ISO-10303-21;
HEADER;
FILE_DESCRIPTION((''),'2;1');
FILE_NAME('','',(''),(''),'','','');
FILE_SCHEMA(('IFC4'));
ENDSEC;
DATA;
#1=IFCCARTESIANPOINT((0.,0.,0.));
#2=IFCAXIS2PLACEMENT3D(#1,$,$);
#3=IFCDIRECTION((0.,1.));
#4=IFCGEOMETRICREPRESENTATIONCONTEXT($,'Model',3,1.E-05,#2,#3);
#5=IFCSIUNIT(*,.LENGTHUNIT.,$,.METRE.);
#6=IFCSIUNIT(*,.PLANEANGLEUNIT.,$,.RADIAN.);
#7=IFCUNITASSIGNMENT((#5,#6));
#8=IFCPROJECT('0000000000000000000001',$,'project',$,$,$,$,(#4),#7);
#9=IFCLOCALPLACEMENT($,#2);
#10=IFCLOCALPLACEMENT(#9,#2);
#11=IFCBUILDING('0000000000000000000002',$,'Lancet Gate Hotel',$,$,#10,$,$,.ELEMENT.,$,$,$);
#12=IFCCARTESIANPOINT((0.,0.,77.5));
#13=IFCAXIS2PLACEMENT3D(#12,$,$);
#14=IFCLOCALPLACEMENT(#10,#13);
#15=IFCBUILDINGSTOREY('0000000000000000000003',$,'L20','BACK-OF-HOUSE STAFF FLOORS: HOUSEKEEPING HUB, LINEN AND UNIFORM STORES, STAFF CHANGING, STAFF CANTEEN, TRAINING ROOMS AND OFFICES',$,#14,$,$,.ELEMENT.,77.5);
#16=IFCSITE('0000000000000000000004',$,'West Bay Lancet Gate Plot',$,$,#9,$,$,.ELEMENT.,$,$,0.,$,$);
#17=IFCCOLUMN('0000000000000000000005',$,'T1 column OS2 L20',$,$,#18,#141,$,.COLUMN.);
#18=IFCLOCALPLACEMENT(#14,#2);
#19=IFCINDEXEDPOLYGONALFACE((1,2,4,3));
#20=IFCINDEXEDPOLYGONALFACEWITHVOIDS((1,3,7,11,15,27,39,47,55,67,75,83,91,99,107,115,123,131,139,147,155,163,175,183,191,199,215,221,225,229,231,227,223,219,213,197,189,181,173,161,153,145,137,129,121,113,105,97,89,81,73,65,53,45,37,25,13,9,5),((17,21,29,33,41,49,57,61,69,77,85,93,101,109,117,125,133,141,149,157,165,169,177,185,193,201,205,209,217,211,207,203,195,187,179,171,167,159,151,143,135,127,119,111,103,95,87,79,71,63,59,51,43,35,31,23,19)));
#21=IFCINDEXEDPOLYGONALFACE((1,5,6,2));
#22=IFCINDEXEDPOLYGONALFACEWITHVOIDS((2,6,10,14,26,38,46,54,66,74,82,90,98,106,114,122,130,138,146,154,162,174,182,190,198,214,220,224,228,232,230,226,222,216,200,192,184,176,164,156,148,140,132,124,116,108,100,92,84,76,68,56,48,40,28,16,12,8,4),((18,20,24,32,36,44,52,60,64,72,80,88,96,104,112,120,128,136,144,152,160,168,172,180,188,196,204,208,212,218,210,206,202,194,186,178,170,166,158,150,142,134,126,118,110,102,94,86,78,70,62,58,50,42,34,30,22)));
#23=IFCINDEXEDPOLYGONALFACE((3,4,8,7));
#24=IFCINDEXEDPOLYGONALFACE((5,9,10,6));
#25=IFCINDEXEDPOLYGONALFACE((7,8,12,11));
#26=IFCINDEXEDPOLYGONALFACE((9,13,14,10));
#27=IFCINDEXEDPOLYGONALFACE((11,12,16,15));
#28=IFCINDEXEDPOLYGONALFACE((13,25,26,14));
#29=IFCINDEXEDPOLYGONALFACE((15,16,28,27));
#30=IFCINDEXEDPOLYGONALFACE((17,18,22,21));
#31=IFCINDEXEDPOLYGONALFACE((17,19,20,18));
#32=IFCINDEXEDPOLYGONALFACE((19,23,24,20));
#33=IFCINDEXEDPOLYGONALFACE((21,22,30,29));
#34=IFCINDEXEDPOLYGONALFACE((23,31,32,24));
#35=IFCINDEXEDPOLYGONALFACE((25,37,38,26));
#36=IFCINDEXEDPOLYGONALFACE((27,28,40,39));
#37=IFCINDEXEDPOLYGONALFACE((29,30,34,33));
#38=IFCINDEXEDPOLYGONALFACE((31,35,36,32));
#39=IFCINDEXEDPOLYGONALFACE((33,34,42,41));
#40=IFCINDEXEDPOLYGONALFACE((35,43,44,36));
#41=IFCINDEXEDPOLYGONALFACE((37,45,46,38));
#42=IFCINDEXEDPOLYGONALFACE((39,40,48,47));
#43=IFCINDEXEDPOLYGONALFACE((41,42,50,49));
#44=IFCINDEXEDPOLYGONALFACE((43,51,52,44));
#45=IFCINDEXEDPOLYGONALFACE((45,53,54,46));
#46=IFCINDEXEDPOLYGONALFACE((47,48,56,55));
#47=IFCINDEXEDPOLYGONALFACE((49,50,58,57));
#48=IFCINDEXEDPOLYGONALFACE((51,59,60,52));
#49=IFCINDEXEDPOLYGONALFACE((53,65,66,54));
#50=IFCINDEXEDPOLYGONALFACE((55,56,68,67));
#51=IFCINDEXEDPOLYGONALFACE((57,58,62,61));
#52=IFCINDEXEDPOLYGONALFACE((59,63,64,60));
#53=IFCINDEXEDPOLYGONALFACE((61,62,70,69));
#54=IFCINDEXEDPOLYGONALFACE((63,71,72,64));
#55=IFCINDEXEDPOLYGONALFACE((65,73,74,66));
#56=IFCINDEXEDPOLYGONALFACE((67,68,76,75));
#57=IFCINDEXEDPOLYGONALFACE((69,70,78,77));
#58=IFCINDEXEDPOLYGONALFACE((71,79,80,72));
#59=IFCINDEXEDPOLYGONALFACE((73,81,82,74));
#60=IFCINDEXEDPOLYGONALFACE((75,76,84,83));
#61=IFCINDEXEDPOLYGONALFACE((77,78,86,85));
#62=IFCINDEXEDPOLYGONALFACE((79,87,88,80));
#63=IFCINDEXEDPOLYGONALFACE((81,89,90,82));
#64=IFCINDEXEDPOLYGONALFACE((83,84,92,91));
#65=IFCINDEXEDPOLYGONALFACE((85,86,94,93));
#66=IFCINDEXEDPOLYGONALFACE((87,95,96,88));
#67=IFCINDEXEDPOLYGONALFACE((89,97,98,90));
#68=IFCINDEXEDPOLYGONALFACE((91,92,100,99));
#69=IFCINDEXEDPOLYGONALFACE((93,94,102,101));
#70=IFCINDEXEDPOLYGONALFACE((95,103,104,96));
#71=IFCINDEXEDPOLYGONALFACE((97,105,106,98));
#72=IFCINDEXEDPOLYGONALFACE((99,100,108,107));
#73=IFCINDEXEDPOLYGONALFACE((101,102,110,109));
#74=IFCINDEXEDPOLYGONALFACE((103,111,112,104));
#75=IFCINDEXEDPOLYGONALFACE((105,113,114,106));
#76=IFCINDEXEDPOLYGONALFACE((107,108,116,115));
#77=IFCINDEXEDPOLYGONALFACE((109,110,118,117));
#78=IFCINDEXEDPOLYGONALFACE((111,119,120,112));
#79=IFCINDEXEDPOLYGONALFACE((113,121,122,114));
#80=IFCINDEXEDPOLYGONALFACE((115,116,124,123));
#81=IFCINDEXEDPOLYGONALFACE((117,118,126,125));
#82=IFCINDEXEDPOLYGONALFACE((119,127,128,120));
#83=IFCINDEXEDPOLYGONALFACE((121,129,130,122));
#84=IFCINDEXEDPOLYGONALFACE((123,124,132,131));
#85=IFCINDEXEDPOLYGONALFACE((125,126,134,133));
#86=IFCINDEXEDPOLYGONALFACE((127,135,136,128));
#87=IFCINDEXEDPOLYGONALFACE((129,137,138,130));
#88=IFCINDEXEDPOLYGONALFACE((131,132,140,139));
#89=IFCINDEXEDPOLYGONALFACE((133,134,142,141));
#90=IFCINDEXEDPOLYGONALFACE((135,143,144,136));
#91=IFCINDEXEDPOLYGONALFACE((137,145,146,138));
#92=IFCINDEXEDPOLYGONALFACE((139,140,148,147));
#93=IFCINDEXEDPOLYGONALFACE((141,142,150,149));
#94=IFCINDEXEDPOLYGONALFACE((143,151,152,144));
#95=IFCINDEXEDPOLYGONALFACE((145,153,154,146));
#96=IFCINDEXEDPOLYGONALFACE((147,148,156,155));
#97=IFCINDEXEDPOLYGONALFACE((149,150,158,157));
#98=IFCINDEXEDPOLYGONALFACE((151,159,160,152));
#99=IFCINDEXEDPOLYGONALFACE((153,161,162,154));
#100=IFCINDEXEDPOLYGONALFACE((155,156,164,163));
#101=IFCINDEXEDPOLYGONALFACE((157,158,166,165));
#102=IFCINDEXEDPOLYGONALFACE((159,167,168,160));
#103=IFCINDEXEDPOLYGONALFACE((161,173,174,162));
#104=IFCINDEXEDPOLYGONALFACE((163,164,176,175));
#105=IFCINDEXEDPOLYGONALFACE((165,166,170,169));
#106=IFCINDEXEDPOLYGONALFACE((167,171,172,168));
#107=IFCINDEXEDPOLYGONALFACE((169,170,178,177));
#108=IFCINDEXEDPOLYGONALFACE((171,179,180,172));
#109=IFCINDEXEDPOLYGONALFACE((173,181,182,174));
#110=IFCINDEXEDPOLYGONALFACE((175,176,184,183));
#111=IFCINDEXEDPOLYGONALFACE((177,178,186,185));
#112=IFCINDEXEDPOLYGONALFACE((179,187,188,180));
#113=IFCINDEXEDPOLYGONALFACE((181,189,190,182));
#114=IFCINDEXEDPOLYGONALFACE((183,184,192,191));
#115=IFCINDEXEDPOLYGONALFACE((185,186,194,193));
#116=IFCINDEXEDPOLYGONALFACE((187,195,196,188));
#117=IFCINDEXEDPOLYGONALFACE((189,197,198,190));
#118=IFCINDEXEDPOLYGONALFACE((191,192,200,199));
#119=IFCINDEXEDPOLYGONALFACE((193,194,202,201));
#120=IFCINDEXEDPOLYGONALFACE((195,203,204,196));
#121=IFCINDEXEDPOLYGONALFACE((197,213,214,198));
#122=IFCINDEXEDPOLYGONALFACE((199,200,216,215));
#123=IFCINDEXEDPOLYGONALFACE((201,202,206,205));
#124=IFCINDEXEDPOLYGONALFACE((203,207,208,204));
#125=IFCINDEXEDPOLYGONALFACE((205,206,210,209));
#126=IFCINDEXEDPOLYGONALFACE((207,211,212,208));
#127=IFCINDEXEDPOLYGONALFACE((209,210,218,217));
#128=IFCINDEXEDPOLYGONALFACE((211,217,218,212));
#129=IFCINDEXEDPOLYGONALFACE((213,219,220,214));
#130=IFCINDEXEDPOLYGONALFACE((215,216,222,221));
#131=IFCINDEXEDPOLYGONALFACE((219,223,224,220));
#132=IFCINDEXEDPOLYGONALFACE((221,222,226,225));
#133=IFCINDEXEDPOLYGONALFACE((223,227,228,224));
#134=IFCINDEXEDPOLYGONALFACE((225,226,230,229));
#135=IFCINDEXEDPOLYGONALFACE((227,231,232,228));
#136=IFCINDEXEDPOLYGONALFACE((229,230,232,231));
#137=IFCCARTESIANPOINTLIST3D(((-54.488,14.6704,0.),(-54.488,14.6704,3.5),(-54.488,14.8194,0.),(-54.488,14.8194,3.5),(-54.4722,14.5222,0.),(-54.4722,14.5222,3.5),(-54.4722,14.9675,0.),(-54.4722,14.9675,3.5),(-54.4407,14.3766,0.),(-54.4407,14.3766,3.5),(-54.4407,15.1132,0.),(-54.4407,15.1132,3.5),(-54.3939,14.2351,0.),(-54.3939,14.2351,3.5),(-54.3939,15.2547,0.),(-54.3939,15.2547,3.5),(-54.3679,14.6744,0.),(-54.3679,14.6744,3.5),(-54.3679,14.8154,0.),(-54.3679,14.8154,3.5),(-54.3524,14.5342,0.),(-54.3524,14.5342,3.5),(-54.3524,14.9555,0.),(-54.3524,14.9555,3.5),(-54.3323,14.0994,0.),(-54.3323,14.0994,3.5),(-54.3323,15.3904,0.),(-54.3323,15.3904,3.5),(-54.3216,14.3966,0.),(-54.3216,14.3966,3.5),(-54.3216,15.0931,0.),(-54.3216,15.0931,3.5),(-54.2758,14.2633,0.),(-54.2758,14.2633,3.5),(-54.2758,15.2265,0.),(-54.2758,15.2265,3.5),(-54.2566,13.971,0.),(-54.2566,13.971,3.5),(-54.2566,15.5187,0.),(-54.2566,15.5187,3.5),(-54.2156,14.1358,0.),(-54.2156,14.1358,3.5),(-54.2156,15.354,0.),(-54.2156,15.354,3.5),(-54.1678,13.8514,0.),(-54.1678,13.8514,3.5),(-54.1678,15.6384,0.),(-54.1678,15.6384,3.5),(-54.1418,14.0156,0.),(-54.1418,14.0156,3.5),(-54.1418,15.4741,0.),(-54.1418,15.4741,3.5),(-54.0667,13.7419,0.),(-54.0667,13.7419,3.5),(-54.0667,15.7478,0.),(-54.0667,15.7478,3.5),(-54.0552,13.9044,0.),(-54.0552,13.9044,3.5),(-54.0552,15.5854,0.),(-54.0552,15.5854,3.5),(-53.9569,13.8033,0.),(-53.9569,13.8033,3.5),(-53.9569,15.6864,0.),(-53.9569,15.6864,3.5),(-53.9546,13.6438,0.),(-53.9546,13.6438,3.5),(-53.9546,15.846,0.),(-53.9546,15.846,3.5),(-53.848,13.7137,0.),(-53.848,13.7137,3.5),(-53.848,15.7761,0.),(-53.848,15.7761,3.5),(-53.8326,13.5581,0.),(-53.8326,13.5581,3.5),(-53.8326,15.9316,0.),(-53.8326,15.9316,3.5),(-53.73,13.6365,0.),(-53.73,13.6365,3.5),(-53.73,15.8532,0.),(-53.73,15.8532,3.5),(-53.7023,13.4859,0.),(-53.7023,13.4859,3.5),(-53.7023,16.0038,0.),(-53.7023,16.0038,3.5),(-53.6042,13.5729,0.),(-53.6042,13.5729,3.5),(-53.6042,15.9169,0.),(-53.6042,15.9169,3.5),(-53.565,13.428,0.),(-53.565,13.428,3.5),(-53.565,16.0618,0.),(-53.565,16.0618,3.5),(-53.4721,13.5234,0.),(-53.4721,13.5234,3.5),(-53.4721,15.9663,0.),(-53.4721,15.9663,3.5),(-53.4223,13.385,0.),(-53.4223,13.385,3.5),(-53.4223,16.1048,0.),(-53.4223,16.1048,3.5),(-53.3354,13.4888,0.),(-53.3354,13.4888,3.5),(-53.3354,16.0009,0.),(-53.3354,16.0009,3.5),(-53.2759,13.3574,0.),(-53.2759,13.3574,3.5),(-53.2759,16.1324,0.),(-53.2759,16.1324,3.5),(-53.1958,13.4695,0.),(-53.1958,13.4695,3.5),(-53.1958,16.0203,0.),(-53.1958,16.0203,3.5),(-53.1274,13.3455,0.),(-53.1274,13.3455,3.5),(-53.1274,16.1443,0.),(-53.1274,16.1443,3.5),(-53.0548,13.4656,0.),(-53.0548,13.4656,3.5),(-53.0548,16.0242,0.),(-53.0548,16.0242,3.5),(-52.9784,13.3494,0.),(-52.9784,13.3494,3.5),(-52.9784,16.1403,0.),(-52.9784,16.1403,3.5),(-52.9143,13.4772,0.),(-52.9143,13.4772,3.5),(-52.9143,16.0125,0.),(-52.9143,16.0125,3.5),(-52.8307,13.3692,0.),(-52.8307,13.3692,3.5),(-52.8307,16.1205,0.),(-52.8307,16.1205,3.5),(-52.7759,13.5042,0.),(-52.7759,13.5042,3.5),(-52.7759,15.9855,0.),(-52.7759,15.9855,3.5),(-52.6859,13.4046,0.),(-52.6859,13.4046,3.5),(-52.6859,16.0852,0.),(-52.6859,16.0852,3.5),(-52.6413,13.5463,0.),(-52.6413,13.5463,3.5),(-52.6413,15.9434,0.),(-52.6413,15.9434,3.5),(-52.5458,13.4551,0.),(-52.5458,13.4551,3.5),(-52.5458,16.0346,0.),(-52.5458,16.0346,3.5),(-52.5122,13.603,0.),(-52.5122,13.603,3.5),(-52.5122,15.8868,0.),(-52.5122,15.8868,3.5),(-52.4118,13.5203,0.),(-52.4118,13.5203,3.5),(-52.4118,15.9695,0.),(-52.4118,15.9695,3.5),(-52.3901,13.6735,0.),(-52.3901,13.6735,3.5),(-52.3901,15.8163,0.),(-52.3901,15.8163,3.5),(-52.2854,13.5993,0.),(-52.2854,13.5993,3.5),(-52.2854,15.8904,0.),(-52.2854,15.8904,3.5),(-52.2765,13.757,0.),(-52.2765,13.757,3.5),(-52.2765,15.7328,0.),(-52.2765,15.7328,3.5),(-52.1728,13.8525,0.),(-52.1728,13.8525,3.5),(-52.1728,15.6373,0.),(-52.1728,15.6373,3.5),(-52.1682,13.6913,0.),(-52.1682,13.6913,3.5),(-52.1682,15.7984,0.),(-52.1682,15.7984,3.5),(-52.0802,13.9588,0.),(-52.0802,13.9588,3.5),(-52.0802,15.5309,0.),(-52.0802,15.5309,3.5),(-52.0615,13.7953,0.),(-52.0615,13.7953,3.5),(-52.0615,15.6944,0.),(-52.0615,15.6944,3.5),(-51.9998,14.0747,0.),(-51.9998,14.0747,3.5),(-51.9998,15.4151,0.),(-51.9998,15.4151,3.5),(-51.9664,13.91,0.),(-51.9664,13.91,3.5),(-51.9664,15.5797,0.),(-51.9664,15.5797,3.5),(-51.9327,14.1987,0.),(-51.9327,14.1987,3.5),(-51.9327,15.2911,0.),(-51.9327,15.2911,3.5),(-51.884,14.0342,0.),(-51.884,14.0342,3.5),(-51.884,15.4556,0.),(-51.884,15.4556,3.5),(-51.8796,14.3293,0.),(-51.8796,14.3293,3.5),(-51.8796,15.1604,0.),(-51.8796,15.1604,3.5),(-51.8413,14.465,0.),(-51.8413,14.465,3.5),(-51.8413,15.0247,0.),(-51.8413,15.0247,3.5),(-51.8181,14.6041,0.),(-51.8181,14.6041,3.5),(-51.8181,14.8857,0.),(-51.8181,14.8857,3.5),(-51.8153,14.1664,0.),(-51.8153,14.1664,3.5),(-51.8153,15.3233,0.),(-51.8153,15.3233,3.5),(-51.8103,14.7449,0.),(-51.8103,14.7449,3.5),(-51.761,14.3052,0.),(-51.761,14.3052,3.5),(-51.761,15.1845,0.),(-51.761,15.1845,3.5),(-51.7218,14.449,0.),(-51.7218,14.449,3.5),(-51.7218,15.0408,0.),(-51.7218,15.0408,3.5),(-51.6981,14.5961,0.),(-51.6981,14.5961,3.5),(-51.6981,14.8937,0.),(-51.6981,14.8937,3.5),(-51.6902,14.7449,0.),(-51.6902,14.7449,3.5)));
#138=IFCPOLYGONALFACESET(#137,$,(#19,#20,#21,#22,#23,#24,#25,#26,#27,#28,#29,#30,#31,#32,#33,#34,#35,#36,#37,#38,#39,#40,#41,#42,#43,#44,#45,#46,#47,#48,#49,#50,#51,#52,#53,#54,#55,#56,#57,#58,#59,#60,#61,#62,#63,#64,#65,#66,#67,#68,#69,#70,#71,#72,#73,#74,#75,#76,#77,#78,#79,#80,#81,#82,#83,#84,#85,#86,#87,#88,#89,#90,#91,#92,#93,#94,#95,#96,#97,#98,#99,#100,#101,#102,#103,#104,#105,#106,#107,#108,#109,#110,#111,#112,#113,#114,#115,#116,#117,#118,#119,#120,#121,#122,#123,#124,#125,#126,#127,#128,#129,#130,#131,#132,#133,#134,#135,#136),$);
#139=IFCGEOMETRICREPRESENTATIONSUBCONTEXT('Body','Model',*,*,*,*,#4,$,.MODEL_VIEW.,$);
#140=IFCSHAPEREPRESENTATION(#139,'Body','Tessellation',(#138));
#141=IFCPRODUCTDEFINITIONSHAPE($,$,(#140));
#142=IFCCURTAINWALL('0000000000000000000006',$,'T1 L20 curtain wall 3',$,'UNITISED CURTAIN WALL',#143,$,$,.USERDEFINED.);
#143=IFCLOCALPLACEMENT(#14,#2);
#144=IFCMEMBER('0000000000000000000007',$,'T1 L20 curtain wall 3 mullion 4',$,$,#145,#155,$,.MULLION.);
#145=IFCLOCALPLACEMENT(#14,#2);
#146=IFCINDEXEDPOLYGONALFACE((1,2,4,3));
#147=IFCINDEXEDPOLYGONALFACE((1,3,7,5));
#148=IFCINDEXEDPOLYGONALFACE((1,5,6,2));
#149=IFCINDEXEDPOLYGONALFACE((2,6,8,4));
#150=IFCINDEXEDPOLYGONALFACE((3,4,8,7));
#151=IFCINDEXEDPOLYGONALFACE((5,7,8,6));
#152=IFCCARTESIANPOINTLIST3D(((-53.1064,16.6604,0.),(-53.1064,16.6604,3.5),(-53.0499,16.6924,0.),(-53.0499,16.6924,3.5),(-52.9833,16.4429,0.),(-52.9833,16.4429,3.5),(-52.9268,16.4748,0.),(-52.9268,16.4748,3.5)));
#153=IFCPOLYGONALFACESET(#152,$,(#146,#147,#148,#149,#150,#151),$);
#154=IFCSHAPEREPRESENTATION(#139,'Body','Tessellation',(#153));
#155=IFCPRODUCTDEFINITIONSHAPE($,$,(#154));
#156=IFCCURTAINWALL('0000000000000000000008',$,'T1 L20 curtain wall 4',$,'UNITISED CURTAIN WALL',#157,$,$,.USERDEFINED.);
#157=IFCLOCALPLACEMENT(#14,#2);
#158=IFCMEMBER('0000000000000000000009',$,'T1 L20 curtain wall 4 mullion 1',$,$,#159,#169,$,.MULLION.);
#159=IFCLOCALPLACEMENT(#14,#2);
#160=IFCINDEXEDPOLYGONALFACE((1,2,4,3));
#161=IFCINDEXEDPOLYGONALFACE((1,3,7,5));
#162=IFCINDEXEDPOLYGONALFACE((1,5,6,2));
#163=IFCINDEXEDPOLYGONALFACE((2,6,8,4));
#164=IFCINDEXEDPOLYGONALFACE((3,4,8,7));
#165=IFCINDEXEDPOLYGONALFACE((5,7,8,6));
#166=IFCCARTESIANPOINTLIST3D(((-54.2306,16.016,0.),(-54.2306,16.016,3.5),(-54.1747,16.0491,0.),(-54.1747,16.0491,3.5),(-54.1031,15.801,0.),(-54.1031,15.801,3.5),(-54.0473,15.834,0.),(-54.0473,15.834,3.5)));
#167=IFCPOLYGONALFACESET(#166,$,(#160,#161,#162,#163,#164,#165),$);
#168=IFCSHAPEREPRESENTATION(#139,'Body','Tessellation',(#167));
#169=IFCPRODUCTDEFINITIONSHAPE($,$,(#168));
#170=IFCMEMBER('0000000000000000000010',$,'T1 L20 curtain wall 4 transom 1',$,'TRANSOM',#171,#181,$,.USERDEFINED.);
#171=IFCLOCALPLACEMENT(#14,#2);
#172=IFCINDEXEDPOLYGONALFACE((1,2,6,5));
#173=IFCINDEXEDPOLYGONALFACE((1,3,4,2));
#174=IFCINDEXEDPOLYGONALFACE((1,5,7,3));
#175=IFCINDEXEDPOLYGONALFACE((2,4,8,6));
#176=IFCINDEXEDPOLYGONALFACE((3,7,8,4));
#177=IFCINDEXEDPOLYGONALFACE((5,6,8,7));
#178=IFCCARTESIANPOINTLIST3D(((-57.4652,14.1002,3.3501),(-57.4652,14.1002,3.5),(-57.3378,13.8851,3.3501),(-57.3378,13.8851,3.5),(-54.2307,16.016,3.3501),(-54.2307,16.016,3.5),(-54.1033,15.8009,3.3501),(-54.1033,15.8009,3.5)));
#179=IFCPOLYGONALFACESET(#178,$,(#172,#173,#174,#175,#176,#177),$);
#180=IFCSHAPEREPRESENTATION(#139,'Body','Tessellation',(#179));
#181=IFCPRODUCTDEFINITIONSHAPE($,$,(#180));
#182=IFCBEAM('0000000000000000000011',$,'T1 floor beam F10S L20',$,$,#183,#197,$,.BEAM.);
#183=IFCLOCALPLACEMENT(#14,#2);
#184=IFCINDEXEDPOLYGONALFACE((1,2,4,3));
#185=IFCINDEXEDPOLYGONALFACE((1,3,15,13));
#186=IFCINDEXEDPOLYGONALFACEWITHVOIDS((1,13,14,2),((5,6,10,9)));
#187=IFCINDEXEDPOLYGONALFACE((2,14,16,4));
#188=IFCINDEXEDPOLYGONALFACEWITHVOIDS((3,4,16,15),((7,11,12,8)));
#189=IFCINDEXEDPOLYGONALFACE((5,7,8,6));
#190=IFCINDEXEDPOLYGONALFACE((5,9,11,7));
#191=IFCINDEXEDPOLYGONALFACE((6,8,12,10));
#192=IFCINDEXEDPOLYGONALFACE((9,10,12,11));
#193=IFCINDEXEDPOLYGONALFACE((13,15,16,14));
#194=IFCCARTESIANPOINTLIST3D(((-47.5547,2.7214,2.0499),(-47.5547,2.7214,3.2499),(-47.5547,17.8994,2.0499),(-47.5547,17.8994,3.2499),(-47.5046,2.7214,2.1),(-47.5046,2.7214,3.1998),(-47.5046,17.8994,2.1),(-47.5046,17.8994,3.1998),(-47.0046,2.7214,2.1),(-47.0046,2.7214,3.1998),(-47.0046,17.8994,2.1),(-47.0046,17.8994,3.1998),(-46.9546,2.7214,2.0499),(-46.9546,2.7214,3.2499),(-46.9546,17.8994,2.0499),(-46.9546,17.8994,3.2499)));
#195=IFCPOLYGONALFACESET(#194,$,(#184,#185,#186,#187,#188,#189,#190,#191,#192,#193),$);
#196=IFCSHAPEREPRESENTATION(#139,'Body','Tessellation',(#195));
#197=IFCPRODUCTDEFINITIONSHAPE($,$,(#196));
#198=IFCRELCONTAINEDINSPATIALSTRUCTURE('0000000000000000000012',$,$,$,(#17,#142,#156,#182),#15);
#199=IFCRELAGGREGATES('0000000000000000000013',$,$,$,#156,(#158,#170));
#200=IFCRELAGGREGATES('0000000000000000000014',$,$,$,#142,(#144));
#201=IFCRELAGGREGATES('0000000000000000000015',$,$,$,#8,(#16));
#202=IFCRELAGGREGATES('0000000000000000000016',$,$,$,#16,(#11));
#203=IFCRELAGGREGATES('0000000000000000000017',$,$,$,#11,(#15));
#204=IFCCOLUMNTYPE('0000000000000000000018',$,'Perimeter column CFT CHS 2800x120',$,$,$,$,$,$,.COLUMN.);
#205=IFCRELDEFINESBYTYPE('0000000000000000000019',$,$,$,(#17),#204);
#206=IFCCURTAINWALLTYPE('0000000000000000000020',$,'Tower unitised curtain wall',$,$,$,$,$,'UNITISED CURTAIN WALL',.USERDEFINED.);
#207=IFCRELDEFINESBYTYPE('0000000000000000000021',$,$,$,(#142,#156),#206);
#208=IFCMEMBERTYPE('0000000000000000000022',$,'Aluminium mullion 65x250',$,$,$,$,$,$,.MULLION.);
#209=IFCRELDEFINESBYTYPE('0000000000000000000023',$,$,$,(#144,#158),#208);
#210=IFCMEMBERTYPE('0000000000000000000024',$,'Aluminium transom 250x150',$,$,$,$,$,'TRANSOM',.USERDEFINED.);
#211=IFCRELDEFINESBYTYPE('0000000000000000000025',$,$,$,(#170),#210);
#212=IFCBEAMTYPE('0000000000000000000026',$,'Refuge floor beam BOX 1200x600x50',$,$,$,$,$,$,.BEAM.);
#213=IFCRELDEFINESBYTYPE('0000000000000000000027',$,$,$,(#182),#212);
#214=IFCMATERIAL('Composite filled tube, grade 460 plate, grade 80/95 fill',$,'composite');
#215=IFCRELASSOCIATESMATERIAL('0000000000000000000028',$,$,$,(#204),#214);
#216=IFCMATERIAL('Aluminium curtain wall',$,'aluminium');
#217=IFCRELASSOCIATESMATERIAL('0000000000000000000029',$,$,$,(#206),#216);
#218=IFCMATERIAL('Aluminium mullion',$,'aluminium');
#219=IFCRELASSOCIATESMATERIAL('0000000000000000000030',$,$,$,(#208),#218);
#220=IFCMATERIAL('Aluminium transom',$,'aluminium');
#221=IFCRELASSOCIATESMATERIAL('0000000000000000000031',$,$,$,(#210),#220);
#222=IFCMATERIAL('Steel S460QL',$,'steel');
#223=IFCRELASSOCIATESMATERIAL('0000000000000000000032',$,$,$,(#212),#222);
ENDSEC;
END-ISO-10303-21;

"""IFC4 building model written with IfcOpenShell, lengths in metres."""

from ifc_helpers import new_model, si_unit, direction, frame, origin, origin_2d, place, context, subcontext, project, spatial, rectangle, hollow_rectangle, hollow_circle, extrude, material, material_profile, profile_set, type_object, element, aggregate, save


model = new_model("IFC4")

# Units and contexts
model_context = context("Model", 3, precision=1e-05, world=origin(), true_north=direction((0.0, 1.0)))
body_context = subcontext(model_context, "Body", "Model", "MODEL_VIEW")
ifc_project = project(units=[si_unit("LENGTHUNIT", "METRE"), si_unit("PLANEANGLEUNIT", "RADIAN")], contexts=[model_context])

# Site, building, storey
site_placement = place(None, origin())
site = spatial("IfcSite", under=ifc_project, at=site_placement, Name="West Bay Lancet Gate Plot", CompositionType="ELEMENT", RefElevation=0.0)
building_placement = place(site_placement, origin())
building = spatial("IfcBuilding", under=site, at=building_placement, Name="Lancet Gate Hotel", CompositionType="ELEMENT")
storey_placement = place(building_placement, frame((0.0, 0.0, 77.5)))
storey = spatial("IfcBuildingStorey", under=building, at=storey_placement, Name="L20", Description="BACK-OF-HOUSE STAFF FLOORS: HOUSEKEEPING HUB, LINEN AND UNIFORM STORES, STAFF CHANGING, STAFF CANTEEN, TRAINING ROOMS AND OFFICES", CompositionType="ELEMENT", Elevation=77.5)

# Column
ifc_material_1 = material(Name="Composite filled tube, grade 460 plate, grade 80/95 fill", Category="composite")
ifc_material_profile_1 = material_profile(ifc_material_1, hollow_circle(Radius=1.3999, WallThickness=0.1201, at=origin_2d()), Name="CHS 2800x120")
ifc_profile_set_1 = profile_set([ifc_material_profile_1], Name="Composite filled tube, grade 460 plate, grade 80/95 fill")
column_type = type_object("IfcColumnType", Name="Perimeter column CFT CHS 2800x120", PredefinedType="COLUMN", material=ifc_profile_set_1)
column_placement = place(storey_placement, frame((-53.0901, 14.7449, 0.0), z_axis=(0.0, 0.0, 1.0), x_axis=(1.0, 0.0, 0.0)))
element("IfcColumn", 1, at=column_placement, inside=storey, type_object=column_type, Name="T1 column OS2 L20", PredefinedType="COLUMN", context=body_context, shape_type="SweptSolid", body=[
    extrude(hollow_circle(Radius=1.3999, WallThickness=0.1201, at=origin_2d()), origin(), (0.0, 0.0, 1.0), 3.5),
])

# Curtain wall, member
ifc_material_2 = material(Name="Aluminium curtain wall", Category="aluminium")
curtain_wall_type = type_object("IfcCurtainWallType", Name="Tower unitised curtain wall", ElementType="UNITISED CURTAIN WALL", PredefinedType="USERDEFINED", material=ifc_material_2)
curtain_wall_1_placement = place(storey_placement, origin())
curtain_wall_1 = element("IfcCurtainWall", 2, at=curtain_wall_1_placement, inside=storey, type_object=curtain_wall_type, Name="T1 L20 curtain wall 3", ObjectType="UNITISED CURTAIN WALL", PredefinedType="USERDEFINED")
ifc_material_3 = material(Name="Aluminium mullion", Category="aluminium")
ifc_material_profile_2 = material_profile(ifc_material_3, rectangle(XDim=0.0649, YDim=0.25, at=origin_2d()), Name="MULLION 65x250")
ifc_profile_set_2 = profile_set([ifc_material_profile_2], Name="Aluminium mullion")
member_type_1 = type_object("IfcMemberType", Name="Aluminium mullion 65x250", PredefinedType="MULLION", material=ifc_profile_set_2)
member_1_placement = place(storey_placement, frame((-53.0166, 16.5676, 0.0), z_axis=(0.0, 0.0, 1.0), x_axis=(-0.870205, -0.49269, 0.0)))
member_1 = element("IfcMember", 3, at=member_1_placement, type_object=member_type_1, Name="T1 L20 curtain wall 3 mullion 4", PredefinedType="MULLION", context=body_context, shape_type="SweptSolid", body=[
    extrude(rectangle(XDim=0.0649, YDim=0.25, at=origin_2d()), origin(), (0.0, 0.0, 1.0), 3.5),
])

# Curtain wall, members
curtain_wall_2_placement = place(storey_placement, origin())
curtain_wall_2 = element("IfcCurtainWall", 4, at=curtain_wall_2_placement, inside=storey, type_object=curtain_wall_type, Name="T1 L20 curtain wall 4", ObjectType="UNITISED CURTAIN WALL", PredefinedType="USERDEFINED")
member_2_placement = place(storey_placement, frame((-54.1389, 15.925, 0.0), z_axis=(0.0, 0.0, 1.0), x_axis=(-0.860382, -0.50965, 0.0)))
member_2 = element("IfcMember", 5, at=member_2_placement, type_object=member_type_1, Name="T1 L20 curtain wall 4 mullion 1", PredefinedType="MULLION", context=body_context, shape_type="SweptSolid", body=[
    extrude(rectangle(XDim=0.0649, YDim=0.25, at=origin_2d()), origin(), (0.0, 0.0, 1.0), 3.5),
])
ifc_material_4 = material(Name="Aluminium transom", Category="aluminium")
ifc_material_profile_3 = material_profile(ifc_material_4, rectangle(XDim=0.25, YDim=0.1499, at=origin_2d()), Name="TRANSOM 250x150")
ifc_profile_set_3 = profile_set([ifc_material_profile_3], Name="Aluminium transom")
member_type_2 = type_object("IfcMemberType", Name="Aluminium transom 250x150", ElementType="TRANSOM", PredefinedType="USERDEFINED", material=ifc_profile_set_3)
member_3_placement = place(storey_placement, frame((-54.167, 15.9084, 3.425), z_axis=(-0.860396, -0.509626, 0.0), x_axis=(0.509626, -0.860396, 0.0)))
member_3 = element("IfcMember", 6, at=member_3_placement, type_object=member_type_2, Name="T1 L20 curtain wall 4 transom 1", ObjectType="TRANSOM", PredefinedType="USERDEFINED", context=body_context, shape_type="SweptSolid", body=[
    extrude(rectangle(XDim=0.25, YDim=0.1499, at=origin_2d()), origin(), (0.0, 0.0, 1.0), 3.7593),
])
aggregate(curtain_wall_2, [member_2, member_3])

# Beam
ifc_material_5 = material(Name="Steel S460QL", Category="steel")
ifc_material_profile_4 = material_profile(ifc_material_5, hollow_rectangle(XDim=0.6001, YDim=1.2, WallThickness=0.05, at=origin_2d()), Name="BOX 1200x600x50")
ifc_profile_set_4 = profile_set([ifc_material_profile_4], Name="Steel S460QL")
beam_type = type_object("IfcBeamType", Name="Refuge floor beam BOX 1200x600x50", PredefinedType="BEAM", material=ifc_profile_set_4)
beam_1_placement = place(storey_placement, frame((-47.2546, 17.8994, 2.6499), z_axis=(0.0, -1.0, 0.0), x_axis=(1.0, 0.0, 0.0)))
element("IfcBeam", 7, at=beam_1_placement, inside=storey, type_object=beam_type, Name="T1 floor beam F10S L20", PredefinedType="BEAM", context=body_context, shape_type="SweptSolid", body=[
    extrude(hollow_rectangle(XDim=0.6001, YDim=1.2, WallThickness=0.05, at=origin_2d()), origin(), (0.0, 0.0, 1.0), 15.178),
])

aggregate(curtain_wall_1, [member_1])

save(model, "model.ifc")
